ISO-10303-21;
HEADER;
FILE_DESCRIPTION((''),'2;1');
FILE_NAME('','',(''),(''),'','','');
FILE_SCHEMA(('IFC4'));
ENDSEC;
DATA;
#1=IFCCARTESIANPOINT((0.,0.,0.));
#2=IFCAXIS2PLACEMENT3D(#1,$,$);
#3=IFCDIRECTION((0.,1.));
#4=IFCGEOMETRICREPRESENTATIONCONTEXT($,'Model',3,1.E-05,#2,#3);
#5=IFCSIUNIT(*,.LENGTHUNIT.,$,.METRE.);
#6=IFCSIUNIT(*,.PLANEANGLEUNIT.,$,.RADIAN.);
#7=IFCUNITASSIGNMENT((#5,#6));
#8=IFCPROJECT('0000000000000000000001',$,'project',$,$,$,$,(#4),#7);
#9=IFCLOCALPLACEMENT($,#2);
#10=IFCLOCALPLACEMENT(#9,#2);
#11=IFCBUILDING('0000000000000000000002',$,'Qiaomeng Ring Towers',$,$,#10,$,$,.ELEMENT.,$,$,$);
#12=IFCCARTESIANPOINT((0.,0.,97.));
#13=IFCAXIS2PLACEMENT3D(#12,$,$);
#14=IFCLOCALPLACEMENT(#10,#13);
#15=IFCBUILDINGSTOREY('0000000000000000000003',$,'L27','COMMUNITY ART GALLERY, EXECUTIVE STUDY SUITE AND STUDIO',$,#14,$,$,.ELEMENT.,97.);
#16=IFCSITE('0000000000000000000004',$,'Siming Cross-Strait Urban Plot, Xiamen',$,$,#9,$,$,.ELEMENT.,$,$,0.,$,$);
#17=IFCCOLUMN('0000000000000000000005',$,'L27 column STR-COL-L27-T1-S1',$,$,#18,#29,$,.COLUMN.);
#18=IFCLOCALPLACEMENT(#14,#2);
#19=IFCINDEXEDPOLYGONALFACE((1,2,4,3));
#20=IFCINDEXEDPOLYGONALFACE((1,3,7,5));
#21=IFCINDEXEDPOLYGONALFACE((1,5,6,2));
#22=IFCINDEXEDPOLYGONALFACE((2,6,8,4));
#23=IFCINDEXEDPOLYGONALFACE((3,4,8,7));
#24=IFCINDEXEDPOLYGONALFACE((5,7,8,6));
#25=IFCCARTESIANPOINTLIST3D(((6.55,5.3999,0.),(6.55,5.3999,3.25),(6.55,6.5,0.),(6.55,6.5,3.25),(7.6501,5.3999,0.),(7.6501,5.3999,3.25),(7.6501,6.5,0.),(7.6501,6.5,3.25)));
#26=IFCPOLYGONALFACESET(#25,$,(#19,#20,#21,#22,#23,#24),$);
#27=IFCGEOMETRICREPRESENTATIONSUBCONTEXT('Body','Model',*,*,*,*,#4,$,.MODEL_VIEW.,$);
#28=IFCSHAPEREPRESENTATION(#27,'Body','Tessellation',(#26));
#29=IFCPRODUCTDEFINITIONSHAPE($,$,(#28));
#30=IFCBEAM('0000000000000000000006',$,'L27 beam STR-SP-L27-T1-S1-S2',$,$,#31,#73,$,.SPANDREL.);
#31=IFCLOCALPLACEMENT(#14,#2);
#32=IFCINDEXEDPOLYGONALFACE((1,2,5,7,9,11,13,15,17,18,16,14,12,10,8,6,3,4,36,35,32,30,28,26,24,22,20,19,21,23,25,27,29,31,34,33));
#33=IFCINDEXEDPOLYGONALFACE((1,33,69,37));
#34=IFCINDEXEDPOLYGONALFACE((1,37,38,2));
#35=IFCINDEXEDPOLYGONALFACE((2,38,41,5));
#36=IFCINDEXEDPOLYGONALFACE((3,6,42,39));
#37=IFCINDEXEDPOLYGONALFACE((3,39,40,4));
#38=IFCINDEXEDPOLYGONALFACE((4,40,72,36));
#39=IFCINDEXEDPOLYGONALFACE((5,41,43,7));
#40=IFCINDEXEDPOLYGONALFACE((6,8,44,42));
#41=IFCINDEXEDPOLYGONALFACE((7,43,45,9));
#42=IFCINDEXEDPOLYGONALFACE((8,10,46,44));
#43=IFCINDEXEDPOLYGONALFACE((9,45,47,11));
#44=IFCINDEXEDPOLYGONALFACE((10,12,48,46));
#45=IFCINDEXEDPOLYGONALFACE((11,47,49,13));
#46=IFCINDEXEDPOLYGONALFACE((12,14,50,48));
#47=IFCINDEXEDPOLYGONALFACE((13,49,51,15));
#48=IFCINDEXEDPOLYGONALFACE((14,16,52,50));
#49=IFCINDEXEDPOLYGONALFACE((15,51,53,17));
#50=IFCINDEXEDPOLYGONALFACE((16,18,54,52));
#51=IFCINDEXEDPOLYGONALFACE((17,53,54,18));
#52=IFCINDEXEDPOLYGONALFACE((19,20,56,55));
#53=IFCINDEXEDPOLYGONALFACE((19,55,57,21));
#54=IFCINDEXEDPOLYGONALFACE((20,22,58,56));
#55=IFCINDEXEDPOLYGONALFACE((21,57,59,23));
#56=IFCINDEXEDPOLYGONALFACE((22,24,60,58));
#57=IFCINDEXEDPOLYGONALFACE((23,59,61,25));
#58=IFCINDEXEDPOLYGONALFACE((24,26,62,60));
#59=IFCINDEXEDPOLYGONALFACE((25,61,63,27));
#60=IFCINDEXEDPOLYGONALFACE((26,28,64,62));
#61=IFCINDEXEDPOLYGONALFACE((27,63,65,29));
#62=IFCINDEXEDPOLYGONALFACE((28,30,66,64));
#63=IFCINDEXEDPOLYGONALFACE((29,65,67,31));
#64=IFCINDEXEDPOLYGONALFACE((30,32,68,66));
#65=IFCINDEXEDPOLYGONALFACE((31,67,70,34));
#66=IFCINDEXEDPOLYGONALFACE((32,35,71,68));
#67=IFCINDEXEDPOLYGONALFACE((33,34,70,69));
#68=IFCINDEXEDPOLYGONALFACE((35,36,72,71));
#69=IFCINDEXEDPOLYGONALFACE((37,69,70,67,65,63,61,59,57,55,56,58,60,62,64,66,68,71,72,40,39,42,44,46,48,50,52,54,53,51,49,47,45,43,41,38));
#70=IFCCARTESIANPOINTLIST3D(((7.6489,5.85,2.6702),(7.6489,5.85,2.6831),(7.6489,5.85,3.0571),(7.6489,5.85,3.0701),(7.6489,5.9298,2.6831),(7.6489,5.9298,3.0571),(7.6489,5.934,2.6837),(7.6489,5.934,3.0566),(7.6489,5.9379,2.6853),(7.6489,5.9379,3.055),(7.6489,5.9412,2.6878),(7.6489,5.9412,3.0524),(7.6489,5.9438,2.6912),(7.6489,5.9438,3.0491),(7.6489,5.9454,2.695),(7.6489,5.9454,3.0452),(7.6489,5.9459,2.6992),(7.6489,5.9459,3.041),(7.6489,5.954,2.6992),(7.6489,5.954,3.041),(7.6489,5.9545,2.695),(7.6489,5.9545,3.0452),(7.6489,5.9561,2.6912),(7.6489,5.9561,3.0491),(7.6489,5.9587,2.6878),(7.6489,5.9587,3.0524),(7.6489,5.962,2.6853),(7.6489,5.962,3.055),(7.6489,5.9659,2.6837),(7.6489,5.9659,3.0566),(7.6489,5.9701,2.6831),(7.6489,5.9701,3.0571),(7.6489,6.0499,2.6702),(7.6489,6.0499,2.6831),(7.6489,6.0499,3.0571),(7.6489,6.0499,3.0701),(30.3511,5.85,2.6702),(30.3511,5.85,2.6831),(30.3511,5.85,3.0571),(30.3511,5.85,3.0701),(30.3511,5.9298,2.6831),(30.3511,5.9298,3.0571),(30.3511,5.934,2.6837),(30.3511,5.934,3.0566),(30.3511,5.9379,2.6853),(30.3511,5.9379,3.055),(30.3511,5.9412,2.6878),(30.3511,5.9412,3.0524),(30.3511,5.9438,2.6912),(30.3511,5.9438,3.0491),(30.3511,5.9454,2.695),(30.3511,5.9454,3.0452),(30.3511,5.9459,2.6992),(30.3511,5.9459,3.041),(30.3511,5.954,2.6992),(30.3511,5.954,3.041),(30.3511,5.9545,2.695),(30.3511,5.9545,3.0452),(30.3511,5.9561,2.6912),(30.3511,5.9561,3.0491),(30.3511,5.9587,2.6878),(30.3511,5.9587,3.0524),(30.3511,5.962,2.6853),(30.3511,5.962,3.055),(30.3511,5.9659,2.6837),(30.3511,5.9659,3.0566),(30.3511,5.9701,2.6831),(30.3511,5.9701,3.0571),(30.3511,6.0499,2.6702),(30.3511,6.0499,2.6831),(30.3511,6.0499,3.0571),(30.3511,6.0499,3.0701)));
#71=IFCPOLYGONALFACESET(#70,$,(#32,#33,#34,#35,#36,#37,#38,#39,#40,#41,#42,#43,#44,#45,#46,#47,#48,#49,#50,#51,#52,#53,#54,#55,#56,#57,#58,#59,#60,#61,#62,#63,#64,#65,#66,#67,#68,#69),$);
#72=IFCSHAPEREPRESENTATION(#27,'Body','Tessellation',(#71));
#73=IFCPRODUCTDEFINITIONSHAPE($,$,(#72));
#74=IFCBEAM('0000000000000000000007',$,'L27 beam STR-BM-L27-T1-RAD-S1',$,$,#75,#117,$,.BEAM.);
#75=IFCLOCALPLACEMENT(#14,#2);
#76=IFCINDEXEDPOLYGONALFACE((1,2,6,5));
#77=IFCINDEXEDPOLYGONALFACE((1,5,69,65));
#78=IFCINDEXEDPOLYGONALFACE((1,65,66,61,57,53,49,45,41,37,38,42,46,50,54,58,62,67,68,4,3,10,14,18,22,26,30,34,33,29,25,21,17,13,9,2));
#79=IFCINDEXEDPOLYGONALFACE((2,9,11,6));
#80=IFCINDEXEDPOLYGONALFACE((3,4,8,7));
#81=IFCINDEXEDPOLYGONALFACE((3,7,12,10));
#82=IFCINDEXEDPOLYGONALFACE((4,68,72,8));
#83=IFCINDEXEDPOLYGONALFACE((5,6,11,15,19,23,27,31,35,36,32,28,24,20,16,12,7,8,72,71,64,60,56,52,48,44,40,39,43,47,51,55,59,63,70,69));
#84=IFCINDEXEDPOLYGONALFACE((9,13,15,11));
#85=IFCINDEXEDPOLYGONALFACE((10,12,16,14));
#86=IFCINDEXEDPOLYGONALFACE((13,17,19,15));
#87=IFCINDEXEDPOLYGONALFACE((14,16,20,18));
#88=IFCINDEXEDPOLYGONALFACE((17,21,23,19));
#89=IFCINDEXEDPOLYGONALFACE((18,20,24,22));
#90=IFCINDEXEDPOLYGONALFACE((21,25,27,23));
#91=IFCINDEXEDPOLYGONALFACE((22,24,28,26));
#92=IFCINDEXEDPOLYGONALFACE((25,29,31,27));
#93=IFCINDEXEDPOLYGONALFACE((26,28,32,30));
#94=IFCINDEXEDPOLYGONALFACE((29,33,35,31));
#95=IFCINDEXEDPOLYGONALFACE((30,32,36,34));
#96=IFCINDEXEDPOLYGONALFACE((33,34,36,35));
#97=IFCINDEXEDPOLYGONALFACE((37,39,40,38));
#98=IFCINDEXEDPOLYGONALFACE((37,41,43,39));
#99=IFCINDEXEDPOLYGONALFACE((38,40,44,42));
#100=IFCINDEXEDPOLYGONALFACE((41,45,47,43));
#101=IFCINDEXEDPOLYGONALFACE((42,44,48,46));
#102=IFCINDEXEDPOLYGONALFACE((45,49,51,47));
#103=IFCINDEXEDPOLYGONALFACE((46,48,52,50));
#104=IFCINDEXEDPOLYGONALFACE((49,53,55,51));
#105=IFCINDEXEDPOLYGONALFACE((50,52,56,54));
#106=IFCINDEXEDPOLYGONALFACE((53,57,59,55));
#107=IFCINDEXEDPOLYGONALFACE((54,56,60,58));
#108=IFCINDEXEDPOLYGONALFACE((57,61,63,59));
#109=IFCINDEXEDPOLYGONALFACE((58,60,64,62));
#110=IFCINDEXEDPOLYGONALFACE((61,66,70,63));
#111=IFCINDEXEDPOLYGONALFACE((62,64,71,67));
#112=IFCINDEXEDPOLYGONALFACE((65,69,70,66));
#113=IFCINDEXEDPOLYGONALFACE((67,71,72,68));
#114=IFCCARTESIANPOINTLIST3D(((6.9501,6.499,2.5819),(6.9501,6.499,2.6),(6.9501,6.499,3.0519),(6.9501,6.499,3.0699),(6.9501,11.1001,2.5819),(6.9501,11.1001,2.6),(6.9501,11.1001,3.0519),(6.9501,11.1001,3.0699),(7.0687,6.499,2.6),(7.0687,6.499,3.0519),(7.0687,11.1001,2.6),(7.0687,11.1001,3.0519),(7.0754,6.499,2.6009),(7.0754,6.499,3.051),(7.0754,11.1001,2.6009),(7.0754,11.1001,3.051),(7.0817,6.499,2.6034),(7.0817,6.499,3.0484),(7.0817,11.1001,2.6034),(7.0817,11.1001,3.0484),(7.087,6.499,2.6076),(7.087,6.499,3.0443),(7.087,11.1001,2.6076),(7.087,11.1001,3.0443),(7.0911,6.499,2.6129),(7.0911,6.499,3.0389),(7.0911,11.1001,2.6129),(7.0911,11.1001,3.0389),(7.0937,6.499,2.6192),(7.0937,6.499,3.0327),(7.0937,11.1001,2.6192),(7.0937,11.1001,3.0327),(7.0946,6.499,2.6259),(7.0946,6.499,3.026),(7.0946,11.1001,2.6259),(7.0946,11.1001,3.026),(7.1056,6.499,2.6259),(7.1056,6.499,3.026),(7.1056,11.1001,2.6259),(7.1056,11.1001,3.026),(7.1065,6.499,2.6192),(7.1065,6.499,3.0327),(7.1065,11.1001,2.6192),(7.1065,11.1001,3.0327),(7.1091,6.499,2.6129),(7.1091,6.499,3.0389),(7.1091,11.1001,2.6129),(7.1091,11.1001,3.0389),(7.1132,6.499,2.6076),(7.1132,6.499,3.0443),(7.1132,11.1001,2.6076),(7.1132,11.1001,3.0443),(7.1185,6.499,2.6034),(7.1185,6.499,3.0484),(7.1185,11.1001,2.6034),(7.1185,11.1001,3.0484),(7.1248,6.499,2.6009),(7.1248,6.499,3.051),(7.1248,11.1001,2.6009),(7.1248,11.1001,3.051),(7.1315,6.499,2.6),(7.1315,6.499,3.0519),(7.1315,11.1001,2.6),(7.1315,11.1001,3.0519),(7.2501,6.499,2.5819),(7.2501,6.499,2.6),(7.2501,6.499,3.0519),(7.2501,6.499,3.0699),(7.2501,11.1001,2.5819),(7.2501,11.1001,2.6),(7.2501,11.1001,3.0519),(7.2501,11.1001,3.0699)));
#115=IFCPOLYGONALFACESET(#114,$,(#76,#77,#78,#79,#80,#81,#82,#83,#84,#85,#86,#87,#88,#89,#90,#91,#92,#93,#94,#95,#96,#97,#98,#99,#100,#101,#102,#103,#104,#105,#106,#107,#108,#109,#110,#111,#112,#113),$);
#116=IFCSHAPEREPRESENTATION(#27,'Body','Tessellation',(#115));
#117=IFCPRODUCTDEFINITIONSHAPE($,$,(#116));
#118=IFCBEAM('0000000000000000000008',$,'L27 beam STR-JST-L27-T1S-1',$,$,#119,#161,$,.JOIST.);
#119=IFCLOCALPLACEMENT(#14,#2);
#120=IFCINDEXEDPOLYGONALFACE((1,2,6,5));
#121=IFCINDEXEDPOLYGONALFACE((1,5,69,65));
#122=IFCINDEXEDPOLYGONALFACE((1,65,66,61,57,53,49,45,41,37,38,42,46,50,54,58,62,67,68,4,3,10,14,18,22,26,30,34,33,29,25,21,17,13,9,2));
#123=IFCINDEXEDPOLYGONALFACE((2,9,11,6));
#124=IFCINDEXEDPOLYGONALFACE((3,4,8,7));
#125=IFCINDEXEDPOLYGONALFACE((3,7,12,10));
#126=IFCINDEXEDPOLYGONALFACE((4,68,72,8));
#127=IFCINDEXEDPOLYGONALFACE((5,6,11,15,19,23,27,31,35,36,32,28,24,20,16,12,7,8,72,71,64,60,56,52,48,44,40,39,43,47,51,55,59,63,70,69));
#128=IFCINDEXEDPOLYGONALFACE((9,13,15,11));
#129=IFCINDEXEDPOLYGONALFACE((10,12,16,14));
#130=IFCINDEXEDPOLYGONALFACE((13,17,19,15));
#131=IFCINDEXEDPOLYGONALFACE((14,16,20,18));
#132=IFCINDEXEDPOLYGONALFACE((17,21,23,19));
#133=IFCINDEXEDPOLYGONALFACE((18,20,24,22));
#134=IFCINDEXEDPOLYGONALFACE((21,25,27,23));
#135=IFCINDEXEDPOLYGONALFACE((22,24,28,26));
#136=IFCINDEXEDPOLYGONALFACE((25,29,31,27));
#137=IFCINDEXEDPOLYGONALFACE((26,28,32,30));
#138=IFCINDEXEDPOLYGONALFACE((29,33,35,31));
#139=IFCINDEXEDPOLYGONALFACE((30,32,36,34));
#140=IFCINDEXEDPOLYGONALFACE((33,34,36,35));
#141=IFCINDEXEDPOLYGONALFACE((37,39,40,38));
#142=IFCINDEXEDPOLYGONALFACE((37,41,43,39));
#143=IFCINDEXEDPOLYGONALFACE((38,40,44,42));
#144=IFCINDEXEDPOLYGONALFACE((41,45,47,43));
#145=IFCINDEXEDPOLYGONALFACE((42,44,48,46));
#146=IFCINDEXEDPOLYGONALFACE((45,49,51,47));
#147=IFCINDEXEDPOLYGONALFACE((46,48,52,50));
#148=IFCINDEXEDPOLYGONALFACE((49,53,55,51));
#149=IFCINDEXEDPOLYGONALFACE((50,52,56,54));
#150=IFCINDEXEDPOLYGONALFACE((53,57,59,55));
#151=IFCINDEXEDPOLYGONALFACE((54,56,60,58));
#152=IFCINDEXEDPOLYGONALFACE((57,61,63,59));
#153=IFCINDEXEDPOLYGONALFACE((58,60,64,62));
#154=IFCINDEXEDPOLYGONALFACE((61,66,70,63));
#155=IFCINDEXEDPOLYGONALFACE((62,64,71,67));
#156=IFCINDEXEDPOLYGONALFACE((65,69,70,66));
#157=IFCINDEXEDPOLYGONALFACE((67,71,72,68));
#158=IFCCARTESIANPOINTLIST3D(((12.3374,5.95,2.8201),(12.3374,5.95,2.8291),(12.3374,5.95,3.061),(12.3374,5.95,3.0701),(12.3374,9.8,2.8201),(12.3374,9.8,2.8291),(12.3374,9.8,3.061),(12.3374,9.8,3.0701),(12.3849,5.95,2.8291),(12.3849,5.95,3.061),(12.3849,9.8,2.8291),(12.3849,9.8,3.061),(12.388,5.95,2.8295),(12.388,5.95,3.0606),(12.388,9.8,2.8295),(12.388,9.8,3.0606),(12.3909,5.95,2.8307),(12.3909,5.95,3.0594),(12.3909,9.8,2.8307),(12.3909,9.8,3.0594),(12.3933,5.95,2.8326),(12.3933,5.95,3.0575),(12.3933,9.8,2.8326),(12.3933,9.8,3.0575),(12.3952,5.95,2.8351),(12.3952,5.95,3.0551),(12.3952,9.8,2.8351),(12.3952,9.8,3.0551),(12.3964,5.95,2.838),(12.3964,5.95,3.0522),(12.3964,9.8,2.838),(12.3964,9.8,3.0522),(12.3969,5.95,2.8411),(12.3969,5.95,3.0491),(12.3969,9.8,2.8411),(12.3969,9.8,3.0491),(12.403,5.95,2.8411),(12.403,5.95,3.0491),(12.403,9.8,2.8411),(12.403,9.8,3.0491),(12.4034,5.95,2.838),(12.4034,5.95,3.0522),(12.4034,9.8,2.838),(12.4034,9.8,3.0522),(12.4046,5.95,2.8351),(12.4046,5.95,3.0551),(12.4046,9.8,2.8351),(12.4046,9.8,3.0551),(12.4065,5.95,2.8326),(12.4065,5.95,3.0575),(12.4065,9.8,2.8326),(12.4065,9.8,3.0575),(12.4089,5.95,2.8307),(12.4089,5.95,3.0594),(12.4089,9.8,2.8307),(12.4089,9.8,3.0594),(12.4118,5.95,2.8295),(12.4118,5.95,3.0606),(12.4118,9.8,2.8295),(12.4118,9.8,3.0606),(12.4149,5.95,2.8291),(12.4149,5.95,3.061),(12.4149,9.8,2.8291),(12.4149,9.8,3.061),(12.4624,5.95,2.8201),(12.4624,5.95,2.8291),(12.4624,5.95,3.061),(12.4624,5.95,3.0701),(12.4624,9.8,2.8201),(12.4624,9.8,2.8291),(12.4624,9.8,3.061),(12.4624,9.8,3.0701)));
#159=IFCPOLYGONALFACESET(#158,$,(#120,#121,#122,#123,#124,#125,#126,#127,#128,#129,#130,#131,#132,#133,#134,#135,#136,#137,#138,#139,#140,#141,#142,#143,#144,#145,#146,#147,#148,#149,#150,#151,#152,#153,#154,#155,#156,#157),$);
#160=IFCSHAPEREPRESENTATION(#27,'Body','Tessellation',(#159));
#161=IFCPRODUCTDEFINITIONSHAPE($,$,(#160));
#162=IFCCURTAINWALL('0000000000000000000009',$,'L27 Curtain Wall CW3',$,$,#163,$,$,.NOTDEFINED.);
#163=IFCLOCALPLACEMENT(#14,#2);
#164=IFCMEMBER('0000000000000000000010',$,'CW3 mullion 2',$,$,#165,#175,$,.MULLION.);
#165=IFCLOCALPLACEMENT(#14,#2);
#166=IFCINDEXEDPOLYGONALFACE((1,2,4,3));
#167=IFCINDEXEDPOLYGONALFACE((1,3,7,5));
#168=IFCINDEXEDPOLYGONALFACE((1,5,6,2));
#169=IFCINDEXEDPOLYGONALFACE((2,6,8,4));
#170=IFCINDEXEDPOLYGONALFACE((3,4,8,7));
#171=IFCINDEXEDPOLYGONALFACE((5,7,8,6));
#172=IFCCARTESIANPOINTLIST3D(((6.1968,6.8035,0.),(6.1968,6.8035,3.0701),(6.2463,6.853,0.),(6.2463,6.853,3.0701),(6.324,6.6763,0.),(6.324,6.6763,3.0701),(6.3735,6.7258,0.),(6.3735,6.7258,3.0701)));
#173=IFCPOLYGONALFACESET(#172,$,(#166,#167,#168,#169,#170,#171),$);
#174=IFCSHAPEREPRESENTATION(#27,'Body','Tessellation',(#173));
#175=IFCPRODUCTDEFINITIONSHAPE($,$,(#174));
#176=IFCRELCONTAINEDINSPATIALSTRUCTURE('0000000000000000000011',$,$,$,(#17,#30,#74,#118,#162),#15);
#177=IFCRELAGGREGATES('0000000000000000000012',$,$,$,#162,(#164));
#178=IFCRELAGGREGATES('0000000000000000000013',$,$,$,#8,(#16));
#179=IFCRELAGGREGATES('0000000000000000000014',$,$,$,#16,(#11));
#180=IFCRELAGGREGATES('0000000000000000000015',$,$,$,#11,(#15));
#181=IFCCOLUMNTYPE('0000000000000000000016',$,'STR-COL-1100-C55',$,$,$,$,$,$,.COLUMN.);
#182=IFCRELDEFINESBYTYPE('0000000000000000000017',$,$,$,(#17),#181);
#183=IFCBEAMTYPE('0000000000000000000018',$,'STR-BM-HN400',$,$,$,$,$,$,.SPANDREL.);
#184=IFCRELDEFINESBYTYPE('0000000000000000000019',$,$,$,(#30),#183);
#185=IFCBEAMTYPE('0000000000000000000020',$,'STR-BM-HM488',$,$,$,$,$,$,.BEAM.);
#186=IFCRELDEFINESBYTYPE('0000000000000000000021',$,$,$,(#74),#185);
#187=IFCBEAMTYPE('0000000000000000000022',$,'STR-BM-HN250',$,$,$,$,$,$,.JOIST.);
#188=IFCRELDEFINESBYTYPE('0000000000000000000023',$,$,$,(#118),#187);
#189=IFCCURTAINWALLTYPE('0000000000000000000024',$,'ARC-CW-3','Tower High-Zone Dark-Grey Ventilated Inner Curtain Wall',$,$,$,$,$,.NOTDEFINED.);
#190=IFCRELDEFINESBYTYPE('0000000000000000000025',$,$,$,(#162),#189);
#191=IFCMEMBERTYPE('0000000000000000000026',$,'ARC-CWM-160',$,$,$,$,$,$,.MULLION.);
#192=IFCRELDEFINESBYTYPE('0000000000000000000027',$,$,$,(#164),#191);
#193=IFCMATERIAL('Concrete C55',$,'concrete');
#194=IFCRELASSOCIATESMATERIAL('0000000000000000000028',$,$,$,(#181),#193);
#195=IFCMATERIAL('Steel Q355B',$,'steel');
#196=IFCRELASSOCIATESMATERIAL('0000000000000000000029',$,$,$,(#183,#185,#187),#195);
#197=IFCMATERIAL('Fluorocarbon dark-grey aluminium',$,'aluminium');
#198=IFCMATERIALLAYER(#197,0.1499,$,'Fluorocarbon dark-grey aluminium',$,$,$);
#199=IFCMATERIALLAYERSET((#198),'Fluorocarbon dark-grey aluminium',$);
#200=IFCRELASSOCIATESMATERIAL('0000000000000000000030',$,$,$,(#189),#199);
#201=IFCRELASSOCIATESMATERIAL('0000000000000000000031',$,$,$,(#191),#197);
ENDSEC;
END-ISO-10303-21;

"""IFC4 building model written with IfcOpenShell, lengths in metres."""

from ifc_helpers import new_model, si_unit, direction, frame, origin, origin_2d, place, context, subcontext, project, spatial, rectangle, i_section, extrude, source, transform, mapped, material, layer, layer_set, material_profile, profile_set, type_object, element, aggregate, save


model = new_model("IFC4")

# Units and contexts
model_context = context("Model", 3, precision=1e-05, world=origin(), true_north=direction((0.0, 1.0)))
body_context = subcontext(model_context, "Body", "Model", "MODEL_VIEW")
ifc_project = project(units=[si_unit("LENGTHUNIT", "METRE"), si_unit("PLANEANGLEUNIT", "RADIAN")], contexts=[model_context])

# Site, building, storey
site_placement = place(None, origin())
site = spatial("IfcSite", under=ifc_project, at=site_placement, Name="Siming Cross-Strait Urban Plot, Xiamen", CompositionType="ELEMENT", RefElevation=0.0)
building_placement = place(site_placement, origin())
building = spatial("IfcBuilding", under=site, at=building_placement, Name="Qiaomeng Ring Towers", CompositionType="ELEMENT")
storey_placement = place(building_placement, frame((0.0, 0.0, 97.0)))
storey = spatial("IfcBuildingStorey", under=building, at=storey_placement, Name="L27", Description="COMMUNITY ART GALLERY, EXECUTIVE STUDY SUITE AND STUDIO", CompositionType="ELEMENT", Elevation=97.0)

# Column
ifc_material_1 = material(Name="Concrete C55", Category="concrete")
ifc_material_profile_1 = material_profile(ifc_material_1, rectangle(XDim=1.1001, YDim=1.1001, at=origin_2d()), Name="RC COL 1100x1100")
ifc_profile_set_1 = profile_set([ifc_material_profile_1], Name="Concrete C55")
column_type = type_object("IfcColumnType", Name="STR-COL-1100-C55", PredefinedType="COLUMN", material=ifc_profile_set_1)
shared_shape_1 = source(origin(), body_context, "Body", "SweptSolid", [
    extrude(rectangle(XDim=1.1001, YDim=1.1001, at=origin_2d()), origin(), (0.0, 0.0, 1.0), 3.25),
])
column_placement = place(storey_placement, frame((7.1001, 5.95, 0.0), z_axis=(0.0, 0.0, 1.0), x_axis=(1.0, 0.0, 0.0)))
element("IfcColumn", 1, at=column_placement, inside=storey, type_object=column_type, Name="L27 column STR-COL-L27-T1-S1", PredefinedType="COLUMN", context=body_context, shape_type="MappedRepresentation", body=[
    mapped(shared_shape_1, transform((0.0, 0.0, 0.0), x_axis=(1.0, 0.0, 0.0), y_axis=(0.0, 1.0, 0.0), z_axis=(0.0, 0.0, 1.0), scale=1.0)),
])

# Beams
ifc_material_2 = material(Name="Steel Q355B", Category="steel")
ifc_material_profile_2 = material_profile(ifc_material_2, i_section(OverallWidth=0.2, OverallDepth=0.3999, WebThickness=0.0081, FlangeThickness=0.0129, FilletRadius=0.0161, at=origin_2d()), Name="HN 400x200x8x13")
ifc_profile_set_2 = profile_set([ifc_material_profile_2], Name="Steel Q355B")
beam_type_1 = type_object("IfcBeamType", Name="STR-BM-HN400", PredefinedType="SPANDREL", material=ifc_profile_set_2)
shared_shape_2 = source(origin(), body_context, "Body", "SweptSolid", [
    extrude(i_section(OverallWidth=0.2, OverallDepth=0.3999, WebThickness=0.0081, FlangeThickness=0.0129, FilletRadius=0.0161, at=origin_2d()), origin(), (0.0, 0.0, 1.0), 22.7021),
])
beam_1_placement = place(storey_placement, frame((7.6489, 5.95, 2.8701), z_axis=(1.0, 0.0, 0.0), x_axis=(0.0, 1.0, 0.0)))
element("IfcBeam", 2, at=beam_1_placement, inside=storey, type_object=beam_type_1, Name="L27 beam STR-SP-L27-T1-S1-S2", PredefinedType="SPANDREL", context=body_context, shape_type="MappedRepresentation", body=[
    mapped(shared_shape_2, transform((0.0, 0.0, 0.0), x_axis=(1.0, 0.0, 0.0), y_axis=(0.0, 1.0, 0.0), z_axis=(0.0, 0.0, 1.0), scale=1.0)),
])
ifc_material_profile_3 = material_profile(ifc_material_2, i_section(OverallWidth=0.3, OverallDepth=0.488, WebThickness=0.011, FlangeThickness=0.0181, FilletRadius=0.0259, at=origin_2d()), Name="HM 488x300x11x18")
ifc_profile_set_3 = profile_set([ifc_material_profile_3], Name="Steel Q355B")
beam_type_2 = type_object("IfcBeamType", Name="STR-BM-HM488", PredefinedType="BEAM", material=ifc_profile_set_3)
shared_shape_3 = source(origin(), body_context, "Body", "SweptSolid", [
    extrude(i_section(OverallWidth=0.3, OverallDepth=0.488, WebThickness=0.011, FlangeThickness=0.0181, FilletRadius=0.0259, at=origin_2d()), origin(), (0.0, 0.0, 1.0), 4.6011),
])
beam_2_placement = place(storey_placement, frame((7.1001, 6.499, 2.8259), z_axis=(0.0, 1.0, 0.0), x_axis=(-1.0, 0.0, 0.0)))
element("IfcBeam", 3, at=beam_2_placement, inside=storey, type_object=beam_type_2, Name="L27 beam STR-BM-L27-T1-RAD-S1", PredefinedType="BEAM", context=body_context, shape_type="MappedRepresentation", body=[
    mapped(shared_shape_3, transform((0.0, 0.0, 0.0), x_axis=(1.0, 0.0, 0.0), y_axis=(0.0, 1.0, 0.0), z_axis=(0.0, 0.0, 1.0), scale=1.0)),
])
ifc_material_profile_4 = material_profile(ifc_material_2, i_section(OverallWidth=0.125, OverallDepth=0.25, WebThickness=0.0061, FlangeThickness=0.009, FilletRadius=0.012, at=origin_2d()), Name="HN 250x125x6x9")
ifc_profile_set_4 = profile_set([ifc_material_profile_4], Name="Steel Q355B")
beam_type_3 = type_object("IfcBeamType", Name="STR-BM-HN250", PredefinedType="JOIST", material=ifc_profile_set_4)
shared_shape_4 = source(origin(), body_context, "Body", "SweptSolid", [
    extrude(i_section(OverallWidth=0.125, OverallDepth=0.25, WebThickness=0.0061, FlangeThickness=0.009, FilletRadius=0.012, at=origin_2d()), origin(), (0.0, 0.0, 1.0), 3.8501),
])
beam_3_placement = place(storey_placement, frame((12.3999, 5.95, 2.9451), z_axis=(0.0, 1.0, 0.0), x_axis=(-1.0, 0.0, 0.0)))
element("IfcBeam", 4, at=beam_3_placement, inside=storey, type_object=beam_type_3, Name="L27 beam STR-JST-L27-T1S-1", PredefinedType="JOIST", context=body_context, shape_type="MappedRepresentation", body=[
    mapped(shared_shape_4, transform((0.0, 0.0, 0.0), x_axis=(1.0, 0.0, 0.0), y_axis=(0.0, 1.0, 0.0), z_axis=(0.0, 0.0, 1.0), scale=1.0)),
])

# Curtain wall, member
ifc_material_3 = material(Name="Fluorocarbon dark-grey aluminium", Category="aluminium")
ifc_layer_1 = layer(ifc_material_3, 0.1499, Name="Fluorocarbon dark-grey aluminium")
ifc_layer_set_1 = layer_set([ifc_layer_1], Name="Fluorocarbon dark-grey aluminium")
curtain_wall_type = type_object("IfcCurtainWallType", Name="ARC-CW-3", Description="Tower High-Zone Dark-Grey Ventilated Inner Curtain Wall", PredefinedType="NOTDEFINED", material=ifc_layer_set_1)
curtain_wall_placement = place(storey_placement, origin())
curtain_wall = element("IfcCurtainWall", 5, at=curtain_wall_placement, inside=storey, type_object=curtain_wall_type, Name="L27 Curtain Wall CW3", PredefinedType="NOTDEFINED")
ifc_material_profile_5 = material_profile(ifc_material_3, rectangle(XDim=0.0701, YDim=0.1799, at=origin_2d()), Name="ALU MULL 70x180")
ifc_profile_set_5 = profile_set([ifc_material_profile_5], Name="Fluorocarbon dark-grey aluminium")
member_type = type_object("IfcMemberType", Name="ARC-CWM-160", PredefinedType="MULLION", material=ifc_profile_set_5)
shared_shape_5 = source(origin(), body_context, "Body", "SweptSolid", [
    extrude(rectangle(XDim=0.0701, YDim=0.1799, at=origin_2d()), origin(), (0.0, 0.0, 1.0), 3.0701),
])
member_placement = place(storey_placement, frame((6.2852, 6.7646, 0.0), z_axis=(0.0, 0.0, 1.0), x_axis=(0.707107, 0.707107, 0.0)))
member = element("IfcMember", 6, at=member_placement, type_object=member_type, Name="CW3 mullion 2", PredefinedType="MULLION", context=body_context, shape_type="MappedRepresentation", body=[
    mapped(shared_shape_5, transform((0.0, 0.0, 0.0), x_axis=(1.0, 0.0, 0.0), y_axis=(0.0, 1.0, 0.0), z_axis=(0.0, 0.0, 1.0), scale=1.0)),
])

aggregate(curtain_wall, [member])

save(model, "model.ifc")
